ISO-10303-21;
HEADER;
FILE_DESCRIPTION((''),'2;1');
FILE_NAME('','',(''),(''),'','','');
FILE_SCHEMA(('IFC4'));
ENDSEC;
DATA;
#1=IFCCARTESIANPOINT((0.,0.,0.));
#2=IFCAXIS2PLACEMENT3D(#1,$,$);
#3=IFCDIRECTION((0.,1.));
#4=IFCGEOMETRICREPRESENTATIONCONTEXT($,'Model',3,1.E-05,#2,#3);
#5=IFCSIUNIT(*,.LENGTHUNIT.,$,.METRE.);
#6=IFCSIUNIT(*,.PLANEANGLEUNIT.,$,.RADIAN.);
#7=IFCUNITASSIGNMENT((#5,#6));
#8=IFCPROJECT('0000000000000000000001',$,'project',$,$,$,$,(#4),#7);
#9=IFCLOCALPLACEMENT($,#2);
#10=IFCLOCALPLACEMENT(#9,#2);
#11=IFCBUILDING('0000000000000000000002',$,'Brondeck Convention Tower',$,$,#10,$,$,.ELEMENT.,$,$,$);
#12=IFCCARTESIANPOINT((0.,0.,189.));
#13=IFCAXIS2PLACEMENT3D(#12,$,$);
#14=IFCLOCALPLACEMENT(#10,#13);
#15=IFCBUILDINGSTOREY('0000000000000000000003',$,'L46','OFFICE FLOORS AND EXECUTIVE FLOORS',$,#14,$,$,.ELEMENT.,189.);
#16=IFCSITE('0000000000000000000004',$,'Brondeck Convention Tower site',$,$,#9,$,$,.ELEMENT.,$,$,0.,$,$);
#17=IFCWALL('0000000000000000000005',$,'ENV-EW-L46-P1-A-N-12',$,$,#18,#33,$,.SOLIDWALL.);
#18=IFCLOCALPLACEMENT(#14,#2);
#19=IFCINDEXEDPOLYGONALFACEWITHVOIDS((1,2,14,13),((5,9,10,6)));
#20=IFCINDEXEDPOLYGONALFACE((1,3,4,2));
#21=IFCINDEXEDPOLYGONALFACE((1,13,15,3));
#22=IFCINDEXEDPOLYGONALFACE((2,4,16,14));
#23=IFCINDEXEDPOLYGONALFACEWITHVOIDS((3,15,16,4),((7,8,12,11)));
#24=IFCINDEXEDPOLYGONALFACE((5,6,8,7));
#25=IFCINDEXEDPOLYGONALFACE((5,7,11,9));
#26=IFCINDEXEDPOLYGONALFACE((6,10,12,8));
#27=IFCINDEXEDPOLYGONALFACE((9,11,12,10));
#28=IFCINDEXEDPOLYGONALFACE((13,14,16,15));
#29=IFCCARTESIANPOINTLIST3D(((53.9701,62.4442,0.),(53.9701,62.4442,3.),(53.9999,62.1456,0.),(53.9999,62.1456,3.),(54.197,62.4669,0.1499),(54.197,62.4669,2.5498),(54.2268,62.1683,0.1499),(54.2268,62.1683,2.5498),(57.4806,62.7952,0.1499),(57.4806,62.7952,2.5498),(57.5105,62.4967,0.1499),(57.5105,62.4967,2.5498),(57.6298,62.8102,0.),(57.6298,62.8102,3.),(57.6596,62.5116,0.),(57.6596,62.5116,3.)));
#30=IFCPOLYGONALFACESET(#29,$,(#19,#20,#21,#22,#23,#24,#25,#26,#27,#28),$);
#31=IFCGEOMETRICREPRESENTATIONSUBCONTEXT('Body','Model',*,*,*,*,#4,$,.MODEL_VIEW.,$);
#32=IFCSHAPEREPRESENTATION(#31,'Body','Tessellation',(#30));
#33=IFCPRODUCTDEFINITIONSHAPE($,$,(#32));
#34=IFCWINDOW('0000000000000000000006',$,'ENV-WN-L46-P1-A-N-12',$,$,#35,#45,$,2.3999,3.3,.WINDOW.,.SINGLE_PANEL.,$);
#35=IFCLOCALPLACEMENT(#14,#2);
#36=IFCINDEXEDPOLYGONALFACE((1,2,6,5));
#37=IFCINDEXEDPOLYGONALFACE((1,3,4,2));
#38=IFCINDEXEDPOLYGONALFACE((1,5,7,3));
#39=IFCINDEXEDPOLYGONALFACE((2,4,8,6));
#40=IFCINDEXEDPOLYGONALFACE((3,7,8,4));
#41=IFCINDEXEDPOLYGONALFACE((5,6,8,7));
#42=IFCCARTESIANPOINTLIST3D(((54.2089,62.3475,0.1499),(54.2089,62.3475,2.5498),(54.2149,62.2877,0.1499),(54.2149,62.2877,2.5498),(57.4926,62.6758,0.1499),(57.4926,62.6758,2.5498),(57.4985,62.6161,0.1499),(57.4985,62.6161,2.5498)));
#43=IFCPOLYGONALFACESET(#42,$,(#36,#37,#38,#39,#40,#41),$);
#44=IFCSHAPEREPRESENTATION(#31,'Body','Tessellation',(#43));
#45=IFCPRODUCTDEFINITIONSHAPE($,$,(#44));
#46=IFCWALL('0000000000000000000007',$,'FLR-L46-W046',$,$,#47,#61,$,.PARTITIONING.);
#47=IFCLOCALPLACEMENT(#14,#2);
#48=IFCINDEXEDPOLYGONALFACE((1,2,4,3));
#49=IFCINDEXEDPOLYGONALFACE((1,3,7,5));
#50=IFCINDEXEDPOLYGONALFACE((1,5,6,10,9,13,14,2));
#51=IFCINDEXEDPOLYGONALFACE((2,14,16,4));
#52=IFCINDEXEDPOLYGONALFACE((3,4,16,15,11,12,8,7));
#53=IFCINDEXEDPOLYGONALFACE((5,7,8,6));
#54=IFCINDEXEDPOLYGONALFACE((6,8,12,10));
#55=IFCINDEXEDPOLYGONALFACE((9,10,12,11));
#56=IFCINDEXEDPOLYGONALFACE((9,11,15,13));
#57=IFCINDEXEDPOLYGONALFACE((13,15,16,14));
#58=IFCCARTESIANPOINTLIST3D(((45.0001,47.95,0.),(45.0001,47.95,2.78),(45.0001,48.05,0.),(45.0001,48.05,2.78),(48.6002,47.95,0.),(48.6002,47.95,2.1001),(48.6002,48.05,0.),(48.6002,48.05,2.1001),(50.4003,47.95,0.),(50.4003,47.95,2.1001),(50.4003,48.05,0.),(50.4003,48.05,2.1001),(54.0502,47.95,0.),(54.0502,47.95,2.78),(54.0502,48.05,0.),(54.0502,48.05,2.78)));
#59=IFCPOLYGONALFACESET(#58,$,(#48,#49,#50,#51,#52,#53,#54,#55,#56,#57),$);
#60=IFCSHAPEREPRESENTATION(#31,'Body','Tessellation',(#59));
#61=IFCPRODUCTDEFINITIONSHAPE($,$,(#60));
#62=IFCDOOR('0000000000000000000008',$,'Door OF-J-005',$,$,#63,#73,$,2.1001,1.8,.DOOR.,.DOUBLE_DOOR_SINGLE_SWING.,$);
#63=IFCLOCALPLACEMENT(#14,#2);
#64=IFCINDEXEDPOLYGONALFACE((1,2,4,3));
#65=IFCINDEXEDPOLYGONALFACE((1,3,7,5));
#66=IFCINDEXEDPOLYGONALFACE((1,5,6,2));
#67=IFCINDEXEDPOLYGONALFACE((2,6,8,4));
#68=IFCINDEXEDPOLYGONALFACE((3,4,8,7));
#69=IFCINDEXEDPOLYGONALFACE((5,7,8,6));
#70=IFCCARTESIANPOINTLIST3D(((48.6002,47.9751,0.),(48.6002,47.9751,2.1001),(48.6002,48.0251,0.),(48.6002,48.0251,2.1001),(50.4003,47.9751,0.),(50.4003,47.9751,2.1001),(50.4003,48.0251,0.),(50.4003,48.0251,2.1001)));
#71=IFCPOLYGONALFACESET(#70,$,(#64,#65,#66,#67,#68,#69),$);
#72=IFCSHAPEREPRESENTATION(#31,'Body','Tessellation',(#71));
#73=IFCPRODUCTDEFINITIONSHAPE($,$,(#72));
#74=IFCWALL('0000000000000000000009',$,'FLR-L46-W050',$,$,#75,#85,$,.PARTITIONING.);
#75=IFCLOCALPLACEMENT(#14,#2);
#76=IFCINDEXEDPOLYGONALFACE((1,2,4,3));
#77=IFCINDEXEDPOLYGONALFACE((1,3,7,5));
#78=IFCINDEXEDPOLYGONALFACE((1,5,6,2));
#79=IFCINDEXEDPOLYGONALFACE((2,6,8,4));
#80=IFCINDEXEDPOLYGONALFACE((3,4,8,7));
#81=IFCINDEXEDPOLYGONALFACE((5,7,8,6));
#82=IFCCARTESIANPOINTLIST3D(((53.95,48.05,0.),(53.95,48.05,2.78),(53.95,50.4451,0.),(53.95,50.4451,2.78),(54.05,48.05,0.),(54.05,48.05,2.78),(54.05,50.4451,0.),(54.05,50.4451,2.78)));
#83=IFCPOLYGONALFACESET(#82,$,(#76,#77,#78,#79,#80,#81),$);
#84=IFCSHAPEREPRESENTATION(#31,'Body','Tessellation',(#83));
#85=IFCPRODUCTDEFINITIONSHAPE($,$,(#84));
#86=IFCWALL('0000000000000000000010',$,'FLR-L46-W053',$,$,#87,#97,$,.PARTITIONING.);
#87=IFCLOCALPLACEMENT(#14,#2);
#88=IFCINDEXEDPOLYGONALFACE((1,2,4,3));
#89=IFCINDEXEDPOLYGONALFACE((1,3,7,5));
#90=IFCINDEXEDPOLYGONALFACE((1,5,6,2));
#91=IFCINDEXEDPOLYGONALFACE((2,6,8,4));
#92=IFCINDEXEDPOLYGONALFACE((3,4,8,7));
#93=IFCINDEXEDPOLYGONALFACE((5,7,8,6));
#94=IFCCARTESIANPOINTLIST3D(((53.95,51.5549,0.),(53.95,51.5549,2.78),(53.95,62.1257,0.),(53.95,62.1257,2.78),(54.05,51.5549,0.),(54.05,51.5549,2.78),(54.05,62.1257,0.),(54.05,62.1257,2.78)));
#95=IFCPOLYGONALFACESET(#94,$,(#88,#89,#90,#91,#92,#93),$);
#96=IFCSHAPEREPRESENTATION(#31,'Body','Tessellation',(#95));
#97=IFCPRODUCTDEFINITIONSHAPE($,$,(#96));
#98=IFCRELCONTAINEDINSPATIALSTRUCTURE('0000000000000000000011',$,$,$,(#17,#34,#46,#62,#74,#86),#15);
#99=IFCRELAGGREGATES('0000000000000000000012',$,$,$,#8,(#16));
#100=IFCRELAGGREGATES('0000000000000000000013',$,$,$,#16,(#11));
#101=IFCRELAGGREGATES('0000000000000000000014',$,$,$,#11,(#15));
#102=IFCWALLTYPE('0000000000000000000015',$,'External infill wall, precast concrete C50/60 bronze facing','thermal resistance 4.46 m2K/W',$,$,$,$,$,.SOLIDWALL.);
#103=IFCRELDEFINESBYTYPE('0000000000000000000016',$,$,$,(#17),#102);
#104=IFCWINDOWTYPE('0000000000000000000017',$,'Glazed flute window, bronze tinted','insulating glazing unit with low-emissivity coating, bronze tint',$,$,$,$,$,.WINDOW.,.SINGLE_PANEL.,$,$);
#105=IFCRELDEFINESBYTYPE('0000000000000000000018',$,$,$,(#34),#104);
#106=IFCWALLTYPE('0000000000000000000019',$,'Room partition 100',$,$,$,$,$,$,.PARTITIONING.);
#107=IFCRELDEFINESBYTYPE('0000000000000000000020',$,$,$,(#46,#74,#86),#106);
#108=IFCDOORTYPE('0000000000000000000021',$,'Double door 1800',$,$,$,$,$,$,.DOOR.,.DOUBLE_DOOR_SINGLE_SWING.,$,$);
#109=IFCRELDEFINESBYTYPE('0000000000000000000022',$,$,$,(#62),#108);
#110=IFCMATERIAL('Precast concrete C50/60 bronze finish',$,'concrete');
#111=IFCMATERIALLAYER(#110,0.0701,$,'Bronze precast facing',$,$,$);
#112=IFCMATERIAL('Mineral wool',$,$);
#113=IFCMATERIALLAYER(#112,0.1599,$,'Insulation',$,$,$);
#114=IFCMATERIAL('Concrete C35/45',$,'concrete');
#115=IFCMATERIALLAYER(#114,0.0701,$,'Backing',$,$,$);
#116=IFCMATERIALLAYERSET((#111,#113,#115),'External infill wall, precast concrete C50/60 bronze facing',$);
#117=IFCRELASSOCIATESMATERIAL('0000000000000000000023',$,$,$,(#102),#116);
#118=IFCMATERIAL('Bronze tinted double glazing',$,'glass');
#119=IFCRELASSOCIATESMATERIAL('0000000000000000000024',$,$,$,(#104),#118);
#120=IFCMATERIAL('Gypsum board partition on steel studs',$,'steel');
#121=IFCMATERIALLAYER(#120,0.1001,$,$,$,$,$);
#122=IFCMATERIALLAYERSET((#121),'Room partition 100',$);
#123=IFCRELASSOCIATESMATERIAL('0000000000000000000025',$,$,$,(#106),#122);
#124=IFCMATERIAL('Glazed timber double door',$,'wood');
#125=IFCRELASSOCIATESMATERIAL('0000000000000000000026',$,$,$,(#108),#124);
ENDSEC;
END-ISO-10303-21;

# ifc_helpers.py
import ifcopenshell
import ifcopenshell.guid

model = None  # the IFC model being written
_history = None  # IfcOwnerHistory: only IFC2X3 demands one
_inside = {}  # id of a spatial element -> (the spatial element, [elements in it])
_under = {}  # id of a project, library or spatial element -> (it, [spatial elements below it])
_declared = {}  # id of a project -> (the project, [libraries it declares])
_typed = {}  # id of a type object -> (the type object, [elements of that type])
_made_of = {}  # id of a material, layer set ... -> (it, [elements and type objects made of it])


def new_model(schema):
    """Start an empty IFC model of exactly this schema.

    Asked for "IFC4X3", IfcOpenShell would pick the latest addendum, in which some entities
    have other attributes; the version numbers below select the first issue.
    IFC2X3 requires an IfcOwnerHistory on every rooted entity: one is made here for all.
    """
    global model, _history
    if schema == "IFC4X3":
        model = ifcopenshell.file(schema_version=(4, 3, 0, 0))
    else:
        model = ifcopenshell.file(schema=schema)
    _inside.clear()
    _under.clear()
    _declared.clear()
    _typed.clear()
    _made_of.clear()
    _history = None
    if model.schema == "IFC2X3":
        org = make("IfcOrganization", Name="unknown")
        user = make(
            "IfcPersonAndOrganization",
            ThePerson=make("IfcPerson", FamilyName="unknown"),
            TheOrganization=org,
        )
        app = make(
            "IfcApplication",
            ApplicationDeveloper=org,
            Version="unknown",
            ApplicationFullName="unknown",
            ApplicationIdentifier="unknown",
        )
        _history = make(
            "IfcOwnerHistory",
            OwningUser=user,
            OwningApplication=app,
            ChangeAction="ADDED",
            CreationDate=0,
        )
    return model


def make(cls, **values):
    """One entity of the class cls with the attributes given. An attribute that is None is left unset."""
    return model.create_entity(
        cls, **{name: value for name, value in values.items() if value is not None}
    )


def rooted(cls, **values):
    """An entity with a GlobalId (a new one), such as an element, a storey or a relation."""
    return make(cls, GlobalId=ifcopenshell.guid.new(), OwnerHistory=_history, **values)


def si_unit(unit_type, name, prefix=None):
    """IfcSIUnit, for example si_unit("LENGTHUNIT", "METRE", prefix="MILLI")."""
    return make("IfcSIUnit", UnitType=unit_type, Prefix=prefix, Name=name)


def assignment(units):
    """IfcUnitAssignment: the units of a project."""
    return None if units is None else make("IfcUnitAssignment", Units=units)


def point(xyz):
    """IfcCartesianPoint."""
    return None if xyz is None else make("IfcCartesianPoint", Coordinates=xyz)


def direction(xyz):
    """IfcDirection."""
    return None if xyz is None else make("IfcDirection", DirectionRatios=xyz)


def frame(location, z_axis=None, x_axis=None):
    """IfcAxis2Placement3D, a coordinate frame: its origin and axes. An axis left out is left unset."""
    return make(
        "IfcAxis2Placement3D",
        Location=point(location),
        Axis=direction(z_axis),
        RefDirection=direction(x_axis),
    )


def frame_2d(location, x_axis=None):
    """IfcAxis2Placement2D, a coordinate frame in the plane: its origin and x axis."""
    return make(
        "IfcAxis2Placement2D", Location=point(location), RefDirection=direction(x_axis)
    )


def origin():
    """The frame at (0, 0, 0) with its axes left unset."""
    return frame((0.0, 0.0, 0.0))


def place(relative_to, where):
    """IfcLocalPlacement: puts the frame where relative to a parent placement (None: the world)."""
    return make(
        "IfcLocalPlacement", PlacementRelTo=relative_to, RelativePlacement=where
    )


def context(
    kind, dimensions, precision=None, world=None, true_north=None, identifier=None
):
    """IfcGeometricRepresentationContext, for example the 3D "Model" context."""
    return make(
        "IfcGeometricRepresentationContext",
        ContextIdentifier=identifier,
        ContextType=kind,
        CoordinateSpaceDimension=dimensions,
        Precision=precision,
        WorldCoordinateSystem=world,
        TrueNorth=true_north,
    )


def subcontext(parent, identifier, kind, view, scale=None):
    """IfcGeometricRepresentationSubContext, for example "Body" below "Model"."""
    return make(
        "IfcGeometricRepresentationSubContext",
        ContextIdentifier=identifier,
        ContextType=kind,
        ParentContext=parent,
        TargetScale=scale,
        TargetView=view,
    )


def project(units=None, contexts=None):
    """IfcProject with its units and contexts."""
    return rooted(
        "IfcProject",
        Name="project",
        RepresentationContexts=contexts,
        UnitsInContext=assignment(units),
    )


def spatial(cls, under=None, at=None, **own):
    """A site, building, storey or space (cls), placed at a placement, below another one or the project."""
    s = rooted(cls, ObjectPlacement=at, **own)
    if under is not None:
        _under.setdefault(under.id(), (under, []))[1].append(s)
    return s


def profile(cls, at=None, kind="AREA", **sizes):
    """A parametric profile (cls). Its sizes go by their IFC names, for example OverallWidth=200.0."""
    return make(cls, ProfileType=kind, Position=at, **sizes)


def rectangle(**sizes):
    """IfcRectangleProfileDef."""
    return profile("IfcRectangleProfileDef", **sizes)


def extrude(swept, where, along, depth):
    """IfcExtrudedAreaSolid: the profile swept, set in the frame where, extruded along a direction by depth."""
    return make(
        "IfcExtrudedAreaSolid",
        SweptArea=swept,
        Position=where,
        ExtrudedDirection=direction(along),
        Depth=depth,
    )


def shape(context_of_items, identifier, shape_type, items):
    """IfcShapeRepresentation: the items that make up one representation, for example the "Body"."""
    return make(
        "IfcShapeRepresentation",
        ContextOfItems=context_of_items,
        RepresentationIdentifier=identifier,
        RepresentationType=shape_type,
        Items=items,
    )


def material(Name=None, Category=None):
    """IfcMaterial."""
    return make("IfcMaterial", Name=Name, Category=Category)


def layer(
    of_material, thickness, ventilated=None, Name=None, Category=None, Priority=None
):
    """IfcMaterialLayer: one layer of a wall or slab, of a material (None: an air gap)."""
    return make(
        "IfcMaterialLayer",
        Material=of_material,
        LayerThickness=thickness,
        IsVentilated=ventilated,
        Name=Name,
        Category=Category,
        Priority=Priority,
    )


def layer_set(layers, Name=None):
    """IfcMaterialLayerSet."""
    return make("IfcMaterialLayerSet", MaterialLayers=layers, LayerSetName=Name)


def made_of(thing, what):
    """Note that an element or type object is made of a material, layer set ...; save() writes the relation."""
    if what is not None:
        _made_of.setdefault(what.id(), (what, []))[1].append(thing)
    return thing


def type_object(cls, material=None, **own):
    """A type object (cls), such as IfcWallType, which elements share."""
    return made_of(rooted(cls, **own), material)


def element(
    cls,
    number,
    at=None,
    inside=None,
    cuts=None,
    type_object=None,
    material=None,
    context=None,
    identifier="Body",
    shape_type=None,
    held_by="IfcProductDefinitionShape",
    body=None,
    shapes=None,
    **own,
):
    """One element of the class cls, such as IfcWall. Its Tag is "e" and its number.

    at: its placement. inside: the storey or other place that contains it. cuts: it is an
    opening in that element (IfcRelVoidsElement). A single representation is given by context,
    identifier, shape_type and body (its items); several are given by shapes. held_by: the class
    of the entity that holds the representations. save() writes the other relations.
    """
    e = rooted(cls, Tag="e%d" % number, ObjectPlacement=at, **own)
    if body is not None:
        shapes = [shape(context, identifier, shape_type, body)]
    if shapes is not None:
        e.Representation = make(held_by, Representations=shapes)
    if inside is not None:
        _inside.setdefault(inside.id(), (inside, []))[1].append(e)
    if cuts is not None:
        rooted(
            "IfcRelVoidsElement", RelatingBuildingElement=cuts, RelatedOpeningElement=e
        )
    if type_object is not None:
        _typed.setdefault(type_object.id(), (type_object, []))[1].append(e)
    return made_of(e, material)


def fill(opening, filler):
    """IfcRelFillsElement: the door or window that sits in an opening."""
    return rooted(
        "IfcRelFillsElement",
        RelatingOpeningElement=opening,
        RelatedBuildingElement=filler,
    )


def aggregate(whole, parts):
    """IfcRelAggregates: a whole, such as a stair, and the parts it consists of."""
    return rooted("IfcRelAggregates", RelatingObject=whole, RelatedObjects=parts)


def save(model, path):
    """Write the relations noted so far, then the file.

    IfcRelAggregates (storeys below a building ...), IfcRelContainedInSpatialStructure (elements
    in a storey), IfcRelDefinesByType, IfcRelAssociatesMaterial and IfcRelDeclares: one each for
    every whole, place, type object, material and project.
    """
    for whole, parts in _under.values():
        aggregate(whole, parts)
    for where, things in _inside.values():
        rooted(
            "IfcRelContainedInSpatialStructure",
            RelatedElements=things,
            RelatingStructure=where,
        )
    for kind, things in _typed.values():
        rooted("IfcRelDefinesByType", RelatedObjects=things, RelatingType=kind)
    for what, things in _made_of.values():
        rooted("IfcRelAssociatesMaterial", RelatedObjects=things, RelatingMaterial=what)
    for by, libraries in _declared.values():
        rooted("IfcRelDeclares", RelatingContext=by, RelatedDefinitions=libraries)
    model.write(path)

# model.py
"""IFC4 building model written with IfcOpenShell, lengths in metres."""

from ifc_helpers import new_model, si_unit, direction, frame, frame_2d, origin, place, context, subcontext, project, spatial, rectangle, extrude, material, layer, layer_set, type_object, element, fill, save


model = new_model("IFC4")

# Units and contexts
model_context = context("Model", 3, precision=1e-05, world=origin(), true_north=direction((0.0, 1.0)))
body_context = subcontext(model_context, "Body", "Model", "MODEL_VIEW")
ifc_project = project(units=[si_unit("LENGTHUNIT", "METRE"), si_unit("PLANEANGLEUNIT", "RADIAN")], contexts=[model_context])

# Site, building, storey
site_placement = place(None, origin())
site = spatial("IfcSite", under=ifc_project, at=site_placement, Name="Brondeck Convention Tower site", CompositionType="ELEMENT", RefElevation=0.0)
building_placement = place(site_placement, origin())
building = spatial("IfcBuilding", under=site, at=building_placement, Name="Brondeck Convention Tower", CompositionType="ELEMENT")
storey_placement = place(building_placement, frame((0.0, 0.0, 189.0)))
storey = spatial("IfcBuildingStorey", under=building, at=storey_placement, Name="L46", Description="OFFICE FLOORS AND EXECUTIVE FLOORS", CompositionType="ELEMENT", Elevation=189.0)

# Shared definitions
ifc_material_1 = material(Name="Precast concrete C50/60 bronze finish", Category="concrete")
ifc_layer_1 = layer(ifc_material_1, 0.0701, Name="Bronze precast facing")
ifc_material_2 = material(Name="Mineral wool")
ifc_layer_2 = layer(ifc_material_2, 0.1599, Name="Insulation")
ifc_material_3 = material(Name="Concrete C35/45", Category="concrete")
ifc_layer_3 = layer(ifc_material_3, 0.0701, Name="Backing")
ifc_layer_set_1 = layer_set([ifc_layer_1, ifc_layer_2, ifc_layer_3], Name="External infill wall, precast concrete C50/60 bronze facing")
wall_type_1 = type_object("IfcWallType", Name="External infill wall, precast concrete C50/60 bronze facing", Description="thermal resistance 4.46 m2K/W", PredefinedType="SOLIDWALL", material=ifc_layer_set_1)
ifc_material_4 = material(Name="Bronze tinted double glazing", Category="glass")
window_type_1 = type_object("IfcWindowType", Name="Glazed flute window, bronze tinted", Description="insulating glazing unit with low-emissivity coating, bronze tint", PartitioningType="SINGLE_PANEL", PredefinedType="WINDOW", material=ifc_material_4)

# Wall, opening, window
wall_1_placement = place(storey_placement, frame((53.9851, 62.2949, 0.0), z_axis=(0.0, 0.0, 1.0), x_axis=(0.995037, 0.099504, 0.0)))
wall_1 = element("IfcWall", 1, at=wall_1_placement, inside=storey, type_object=wall_type_1, Name="ENV-EW-L46-P1-A-N-12", PredefinedType="SOLIDWALL", context=body_context, shape_type="SweptSolid", body=[
    extrude(rectangle(XDim=3.678, YDim=0.3, at=frame_2d((1.8389, 0.0))), origin(), (0.0, 0.0, 1.0), 3.0),
])
opening_1_placement = place(wall_1_placement, frame((0.228, 0.0, 0.1499)))
opening_1 = element("IfcOpeningElement", 2, at=opening_1_placement, cuts=wall_1, PredefinedType="OPENING", context=body_context, shape_type="SweptSolid", body=[
    extrude(rectangle(XDim=3.3, YDim=2.3999, at=frame_2d((1.6499, 1.2))), frame((0.0, 0.1599, 0.0), z_axis=(0.0, -1.0, 0.0), x_axis=(1.0, 0.0, 0.0)), (0.0, 0.0, 1.0), 0.3201),
])
window_1_placement = place(opening_1_placement, origin())
window_1 = element("IfcWindow", 3, at=window_1_placement, inside=storey, type_object=window_type_1, Name="ENV-WN-L46-P1-A-N-12", OverallHeight=2.3999, OverallWidth=3.3, PartitioningType="SINGLE_PANEL", PredefinedType="WINDOW", context=body_context, shape_type="SweptSolid", body=[
    extrude(rectangle(XDim=3.3, YDim=2.3999, at=frame_2d((1.6499, 1.2))), frame((0.0, 0.03, 0.0), z_axis=(0.0, -1.0, 0.0), x_axis=(1.0, 0.0, 0.0)), (0.0, 0.0, 1.0), 0.0601),
])
fill(opening_1, window_1)

# Wall, opening, door
ifc_material_5 = material(Name="Gypsum board partition on steel studs", Category="steel")
ifc_layer_4 = layer(ifc_material_5, 0.1001)
ifc_layer_set_2 = layer_set([ifc_layer_4], Name="Room partition 100")
wall_type_2 = type_object("IfcWallType", Name="Room partition 100", PredefinedType="PARTITIONING", material=ifc_layer_set_2)
wall_2_placement = place(storey_placement, frame((54.05, 48.0, 0.0), z_axis=(0.0, 0.0, 1.0), x_axis=(-1.0, 0.0, 0.0)))
wall_2 = element("IfcWall", 4, at=wall_2_placement, inside=storey, type_object=wall_type_2, Name="FLR-L46-W046", PredefinedType="PARTITIONING", context=body_context, shape_type="SweptSolid", body=[
    extrude(rectangle(XDim=9.05, YDim=0.1001, at=frame_2d((4.5249, 0.0))), origin(), (0.0, 0.0, 1.0), 2.78),
])
opening_2_placement = place(wall_2_placement, frame((3.6499, 0.0, 0.0)))
opening_2 = element("IfcOpeningElement", 5, at=opening_2_placement, cuts=wall_2, PredefinedType="OPENING", context=body_context, shape_type="SweptSolid", body=[
    extrude(rectangle(XDim=1.8, YDim=2.1001, at=frame_2d((0.8999, 1.05))), frame((0.0, 0.0601, 0.0), z_axis=(0.0, -1.0, 0.0), x_axis=(1.0, 0.0, 0.0)), (0.0, 0.0, 1.0), 0.1201),
])
ifc_material_6 = material(Name="Glazed timber double door", Category="wood")
door_type = type_object("IfcDoorType", Name="Double door 1800", OperationType="DOUBLE_DOOR_SINGLE_SWING", PredefinedType="DOOR", material=ifc_material_6)
door_placement = place(opening_2_placement, origin())
door = element("IfcDoor", 6, at=door_placement, inside=storey, type_object=door_type, Name="Door OF-J-005", OperationType="DOUBLE_DOOR_SINGLE_SWING", OverallHeight=2.1001, OverallWidth=1.8, PredefinedType="DOOR", context=body_context, shape_type="SweptSolid", body=[
    extrude(rectangle(XDim=1.8, YDim=2.1001, at=frame_2d((0.8999, 1.05))), frame((0.0, 0.0249, 0.0), z_axis=(0.0, -1.0, 0.0), x_axis=(1.0, 0.0, 0.0)), (0.0, 0.0, 1.0), 0.05),
])
fill(opening_2, door)

# Walls
wall_3_placement = place(storey_placement, frame((54.0, 50.4451, 0.0), z_axis=(0.0, 0.0, 1.0), x_axis=(0.0, -1.0, 0.0)))
element("IfcWall", 7, at=wall_3_placement, inside=storey, type_object=wall_type_2, Name="FLR-L46-W050", PredefinedType="PARTITIONING", context=body_context, shape_type="SweptSolid", body=[
    extrude(rectangle(XDim=2.395, YDim=0.1001, at=frame_2d((1.1975, 0.0))), origin(), (0.0, 0.0, 1.0), 2.78),
])
wall_4_placement = place(storey_placement, frame((54.0, 51.5549, 0.0), z_axis=(0.0, 0.0, 1.0), x_axis=(0.0, 1.0, 0.0)))
element("IfcWall", 8, at=wall_4_placement, inside=storey, type_object=wall_type_2, Name="FLR-L46-W053", PredefinedType="PARTITIONING", context=body_context, shape_type="SweptSolid", body=[
    extrude(rectangle(XDim=10.5708, YDim=0.1001, at=frame_2d((5.2854, 0.0))), origin(), (0.0, 0.0, 1.0), 2.78),
])

save(model, "model.ifc")
